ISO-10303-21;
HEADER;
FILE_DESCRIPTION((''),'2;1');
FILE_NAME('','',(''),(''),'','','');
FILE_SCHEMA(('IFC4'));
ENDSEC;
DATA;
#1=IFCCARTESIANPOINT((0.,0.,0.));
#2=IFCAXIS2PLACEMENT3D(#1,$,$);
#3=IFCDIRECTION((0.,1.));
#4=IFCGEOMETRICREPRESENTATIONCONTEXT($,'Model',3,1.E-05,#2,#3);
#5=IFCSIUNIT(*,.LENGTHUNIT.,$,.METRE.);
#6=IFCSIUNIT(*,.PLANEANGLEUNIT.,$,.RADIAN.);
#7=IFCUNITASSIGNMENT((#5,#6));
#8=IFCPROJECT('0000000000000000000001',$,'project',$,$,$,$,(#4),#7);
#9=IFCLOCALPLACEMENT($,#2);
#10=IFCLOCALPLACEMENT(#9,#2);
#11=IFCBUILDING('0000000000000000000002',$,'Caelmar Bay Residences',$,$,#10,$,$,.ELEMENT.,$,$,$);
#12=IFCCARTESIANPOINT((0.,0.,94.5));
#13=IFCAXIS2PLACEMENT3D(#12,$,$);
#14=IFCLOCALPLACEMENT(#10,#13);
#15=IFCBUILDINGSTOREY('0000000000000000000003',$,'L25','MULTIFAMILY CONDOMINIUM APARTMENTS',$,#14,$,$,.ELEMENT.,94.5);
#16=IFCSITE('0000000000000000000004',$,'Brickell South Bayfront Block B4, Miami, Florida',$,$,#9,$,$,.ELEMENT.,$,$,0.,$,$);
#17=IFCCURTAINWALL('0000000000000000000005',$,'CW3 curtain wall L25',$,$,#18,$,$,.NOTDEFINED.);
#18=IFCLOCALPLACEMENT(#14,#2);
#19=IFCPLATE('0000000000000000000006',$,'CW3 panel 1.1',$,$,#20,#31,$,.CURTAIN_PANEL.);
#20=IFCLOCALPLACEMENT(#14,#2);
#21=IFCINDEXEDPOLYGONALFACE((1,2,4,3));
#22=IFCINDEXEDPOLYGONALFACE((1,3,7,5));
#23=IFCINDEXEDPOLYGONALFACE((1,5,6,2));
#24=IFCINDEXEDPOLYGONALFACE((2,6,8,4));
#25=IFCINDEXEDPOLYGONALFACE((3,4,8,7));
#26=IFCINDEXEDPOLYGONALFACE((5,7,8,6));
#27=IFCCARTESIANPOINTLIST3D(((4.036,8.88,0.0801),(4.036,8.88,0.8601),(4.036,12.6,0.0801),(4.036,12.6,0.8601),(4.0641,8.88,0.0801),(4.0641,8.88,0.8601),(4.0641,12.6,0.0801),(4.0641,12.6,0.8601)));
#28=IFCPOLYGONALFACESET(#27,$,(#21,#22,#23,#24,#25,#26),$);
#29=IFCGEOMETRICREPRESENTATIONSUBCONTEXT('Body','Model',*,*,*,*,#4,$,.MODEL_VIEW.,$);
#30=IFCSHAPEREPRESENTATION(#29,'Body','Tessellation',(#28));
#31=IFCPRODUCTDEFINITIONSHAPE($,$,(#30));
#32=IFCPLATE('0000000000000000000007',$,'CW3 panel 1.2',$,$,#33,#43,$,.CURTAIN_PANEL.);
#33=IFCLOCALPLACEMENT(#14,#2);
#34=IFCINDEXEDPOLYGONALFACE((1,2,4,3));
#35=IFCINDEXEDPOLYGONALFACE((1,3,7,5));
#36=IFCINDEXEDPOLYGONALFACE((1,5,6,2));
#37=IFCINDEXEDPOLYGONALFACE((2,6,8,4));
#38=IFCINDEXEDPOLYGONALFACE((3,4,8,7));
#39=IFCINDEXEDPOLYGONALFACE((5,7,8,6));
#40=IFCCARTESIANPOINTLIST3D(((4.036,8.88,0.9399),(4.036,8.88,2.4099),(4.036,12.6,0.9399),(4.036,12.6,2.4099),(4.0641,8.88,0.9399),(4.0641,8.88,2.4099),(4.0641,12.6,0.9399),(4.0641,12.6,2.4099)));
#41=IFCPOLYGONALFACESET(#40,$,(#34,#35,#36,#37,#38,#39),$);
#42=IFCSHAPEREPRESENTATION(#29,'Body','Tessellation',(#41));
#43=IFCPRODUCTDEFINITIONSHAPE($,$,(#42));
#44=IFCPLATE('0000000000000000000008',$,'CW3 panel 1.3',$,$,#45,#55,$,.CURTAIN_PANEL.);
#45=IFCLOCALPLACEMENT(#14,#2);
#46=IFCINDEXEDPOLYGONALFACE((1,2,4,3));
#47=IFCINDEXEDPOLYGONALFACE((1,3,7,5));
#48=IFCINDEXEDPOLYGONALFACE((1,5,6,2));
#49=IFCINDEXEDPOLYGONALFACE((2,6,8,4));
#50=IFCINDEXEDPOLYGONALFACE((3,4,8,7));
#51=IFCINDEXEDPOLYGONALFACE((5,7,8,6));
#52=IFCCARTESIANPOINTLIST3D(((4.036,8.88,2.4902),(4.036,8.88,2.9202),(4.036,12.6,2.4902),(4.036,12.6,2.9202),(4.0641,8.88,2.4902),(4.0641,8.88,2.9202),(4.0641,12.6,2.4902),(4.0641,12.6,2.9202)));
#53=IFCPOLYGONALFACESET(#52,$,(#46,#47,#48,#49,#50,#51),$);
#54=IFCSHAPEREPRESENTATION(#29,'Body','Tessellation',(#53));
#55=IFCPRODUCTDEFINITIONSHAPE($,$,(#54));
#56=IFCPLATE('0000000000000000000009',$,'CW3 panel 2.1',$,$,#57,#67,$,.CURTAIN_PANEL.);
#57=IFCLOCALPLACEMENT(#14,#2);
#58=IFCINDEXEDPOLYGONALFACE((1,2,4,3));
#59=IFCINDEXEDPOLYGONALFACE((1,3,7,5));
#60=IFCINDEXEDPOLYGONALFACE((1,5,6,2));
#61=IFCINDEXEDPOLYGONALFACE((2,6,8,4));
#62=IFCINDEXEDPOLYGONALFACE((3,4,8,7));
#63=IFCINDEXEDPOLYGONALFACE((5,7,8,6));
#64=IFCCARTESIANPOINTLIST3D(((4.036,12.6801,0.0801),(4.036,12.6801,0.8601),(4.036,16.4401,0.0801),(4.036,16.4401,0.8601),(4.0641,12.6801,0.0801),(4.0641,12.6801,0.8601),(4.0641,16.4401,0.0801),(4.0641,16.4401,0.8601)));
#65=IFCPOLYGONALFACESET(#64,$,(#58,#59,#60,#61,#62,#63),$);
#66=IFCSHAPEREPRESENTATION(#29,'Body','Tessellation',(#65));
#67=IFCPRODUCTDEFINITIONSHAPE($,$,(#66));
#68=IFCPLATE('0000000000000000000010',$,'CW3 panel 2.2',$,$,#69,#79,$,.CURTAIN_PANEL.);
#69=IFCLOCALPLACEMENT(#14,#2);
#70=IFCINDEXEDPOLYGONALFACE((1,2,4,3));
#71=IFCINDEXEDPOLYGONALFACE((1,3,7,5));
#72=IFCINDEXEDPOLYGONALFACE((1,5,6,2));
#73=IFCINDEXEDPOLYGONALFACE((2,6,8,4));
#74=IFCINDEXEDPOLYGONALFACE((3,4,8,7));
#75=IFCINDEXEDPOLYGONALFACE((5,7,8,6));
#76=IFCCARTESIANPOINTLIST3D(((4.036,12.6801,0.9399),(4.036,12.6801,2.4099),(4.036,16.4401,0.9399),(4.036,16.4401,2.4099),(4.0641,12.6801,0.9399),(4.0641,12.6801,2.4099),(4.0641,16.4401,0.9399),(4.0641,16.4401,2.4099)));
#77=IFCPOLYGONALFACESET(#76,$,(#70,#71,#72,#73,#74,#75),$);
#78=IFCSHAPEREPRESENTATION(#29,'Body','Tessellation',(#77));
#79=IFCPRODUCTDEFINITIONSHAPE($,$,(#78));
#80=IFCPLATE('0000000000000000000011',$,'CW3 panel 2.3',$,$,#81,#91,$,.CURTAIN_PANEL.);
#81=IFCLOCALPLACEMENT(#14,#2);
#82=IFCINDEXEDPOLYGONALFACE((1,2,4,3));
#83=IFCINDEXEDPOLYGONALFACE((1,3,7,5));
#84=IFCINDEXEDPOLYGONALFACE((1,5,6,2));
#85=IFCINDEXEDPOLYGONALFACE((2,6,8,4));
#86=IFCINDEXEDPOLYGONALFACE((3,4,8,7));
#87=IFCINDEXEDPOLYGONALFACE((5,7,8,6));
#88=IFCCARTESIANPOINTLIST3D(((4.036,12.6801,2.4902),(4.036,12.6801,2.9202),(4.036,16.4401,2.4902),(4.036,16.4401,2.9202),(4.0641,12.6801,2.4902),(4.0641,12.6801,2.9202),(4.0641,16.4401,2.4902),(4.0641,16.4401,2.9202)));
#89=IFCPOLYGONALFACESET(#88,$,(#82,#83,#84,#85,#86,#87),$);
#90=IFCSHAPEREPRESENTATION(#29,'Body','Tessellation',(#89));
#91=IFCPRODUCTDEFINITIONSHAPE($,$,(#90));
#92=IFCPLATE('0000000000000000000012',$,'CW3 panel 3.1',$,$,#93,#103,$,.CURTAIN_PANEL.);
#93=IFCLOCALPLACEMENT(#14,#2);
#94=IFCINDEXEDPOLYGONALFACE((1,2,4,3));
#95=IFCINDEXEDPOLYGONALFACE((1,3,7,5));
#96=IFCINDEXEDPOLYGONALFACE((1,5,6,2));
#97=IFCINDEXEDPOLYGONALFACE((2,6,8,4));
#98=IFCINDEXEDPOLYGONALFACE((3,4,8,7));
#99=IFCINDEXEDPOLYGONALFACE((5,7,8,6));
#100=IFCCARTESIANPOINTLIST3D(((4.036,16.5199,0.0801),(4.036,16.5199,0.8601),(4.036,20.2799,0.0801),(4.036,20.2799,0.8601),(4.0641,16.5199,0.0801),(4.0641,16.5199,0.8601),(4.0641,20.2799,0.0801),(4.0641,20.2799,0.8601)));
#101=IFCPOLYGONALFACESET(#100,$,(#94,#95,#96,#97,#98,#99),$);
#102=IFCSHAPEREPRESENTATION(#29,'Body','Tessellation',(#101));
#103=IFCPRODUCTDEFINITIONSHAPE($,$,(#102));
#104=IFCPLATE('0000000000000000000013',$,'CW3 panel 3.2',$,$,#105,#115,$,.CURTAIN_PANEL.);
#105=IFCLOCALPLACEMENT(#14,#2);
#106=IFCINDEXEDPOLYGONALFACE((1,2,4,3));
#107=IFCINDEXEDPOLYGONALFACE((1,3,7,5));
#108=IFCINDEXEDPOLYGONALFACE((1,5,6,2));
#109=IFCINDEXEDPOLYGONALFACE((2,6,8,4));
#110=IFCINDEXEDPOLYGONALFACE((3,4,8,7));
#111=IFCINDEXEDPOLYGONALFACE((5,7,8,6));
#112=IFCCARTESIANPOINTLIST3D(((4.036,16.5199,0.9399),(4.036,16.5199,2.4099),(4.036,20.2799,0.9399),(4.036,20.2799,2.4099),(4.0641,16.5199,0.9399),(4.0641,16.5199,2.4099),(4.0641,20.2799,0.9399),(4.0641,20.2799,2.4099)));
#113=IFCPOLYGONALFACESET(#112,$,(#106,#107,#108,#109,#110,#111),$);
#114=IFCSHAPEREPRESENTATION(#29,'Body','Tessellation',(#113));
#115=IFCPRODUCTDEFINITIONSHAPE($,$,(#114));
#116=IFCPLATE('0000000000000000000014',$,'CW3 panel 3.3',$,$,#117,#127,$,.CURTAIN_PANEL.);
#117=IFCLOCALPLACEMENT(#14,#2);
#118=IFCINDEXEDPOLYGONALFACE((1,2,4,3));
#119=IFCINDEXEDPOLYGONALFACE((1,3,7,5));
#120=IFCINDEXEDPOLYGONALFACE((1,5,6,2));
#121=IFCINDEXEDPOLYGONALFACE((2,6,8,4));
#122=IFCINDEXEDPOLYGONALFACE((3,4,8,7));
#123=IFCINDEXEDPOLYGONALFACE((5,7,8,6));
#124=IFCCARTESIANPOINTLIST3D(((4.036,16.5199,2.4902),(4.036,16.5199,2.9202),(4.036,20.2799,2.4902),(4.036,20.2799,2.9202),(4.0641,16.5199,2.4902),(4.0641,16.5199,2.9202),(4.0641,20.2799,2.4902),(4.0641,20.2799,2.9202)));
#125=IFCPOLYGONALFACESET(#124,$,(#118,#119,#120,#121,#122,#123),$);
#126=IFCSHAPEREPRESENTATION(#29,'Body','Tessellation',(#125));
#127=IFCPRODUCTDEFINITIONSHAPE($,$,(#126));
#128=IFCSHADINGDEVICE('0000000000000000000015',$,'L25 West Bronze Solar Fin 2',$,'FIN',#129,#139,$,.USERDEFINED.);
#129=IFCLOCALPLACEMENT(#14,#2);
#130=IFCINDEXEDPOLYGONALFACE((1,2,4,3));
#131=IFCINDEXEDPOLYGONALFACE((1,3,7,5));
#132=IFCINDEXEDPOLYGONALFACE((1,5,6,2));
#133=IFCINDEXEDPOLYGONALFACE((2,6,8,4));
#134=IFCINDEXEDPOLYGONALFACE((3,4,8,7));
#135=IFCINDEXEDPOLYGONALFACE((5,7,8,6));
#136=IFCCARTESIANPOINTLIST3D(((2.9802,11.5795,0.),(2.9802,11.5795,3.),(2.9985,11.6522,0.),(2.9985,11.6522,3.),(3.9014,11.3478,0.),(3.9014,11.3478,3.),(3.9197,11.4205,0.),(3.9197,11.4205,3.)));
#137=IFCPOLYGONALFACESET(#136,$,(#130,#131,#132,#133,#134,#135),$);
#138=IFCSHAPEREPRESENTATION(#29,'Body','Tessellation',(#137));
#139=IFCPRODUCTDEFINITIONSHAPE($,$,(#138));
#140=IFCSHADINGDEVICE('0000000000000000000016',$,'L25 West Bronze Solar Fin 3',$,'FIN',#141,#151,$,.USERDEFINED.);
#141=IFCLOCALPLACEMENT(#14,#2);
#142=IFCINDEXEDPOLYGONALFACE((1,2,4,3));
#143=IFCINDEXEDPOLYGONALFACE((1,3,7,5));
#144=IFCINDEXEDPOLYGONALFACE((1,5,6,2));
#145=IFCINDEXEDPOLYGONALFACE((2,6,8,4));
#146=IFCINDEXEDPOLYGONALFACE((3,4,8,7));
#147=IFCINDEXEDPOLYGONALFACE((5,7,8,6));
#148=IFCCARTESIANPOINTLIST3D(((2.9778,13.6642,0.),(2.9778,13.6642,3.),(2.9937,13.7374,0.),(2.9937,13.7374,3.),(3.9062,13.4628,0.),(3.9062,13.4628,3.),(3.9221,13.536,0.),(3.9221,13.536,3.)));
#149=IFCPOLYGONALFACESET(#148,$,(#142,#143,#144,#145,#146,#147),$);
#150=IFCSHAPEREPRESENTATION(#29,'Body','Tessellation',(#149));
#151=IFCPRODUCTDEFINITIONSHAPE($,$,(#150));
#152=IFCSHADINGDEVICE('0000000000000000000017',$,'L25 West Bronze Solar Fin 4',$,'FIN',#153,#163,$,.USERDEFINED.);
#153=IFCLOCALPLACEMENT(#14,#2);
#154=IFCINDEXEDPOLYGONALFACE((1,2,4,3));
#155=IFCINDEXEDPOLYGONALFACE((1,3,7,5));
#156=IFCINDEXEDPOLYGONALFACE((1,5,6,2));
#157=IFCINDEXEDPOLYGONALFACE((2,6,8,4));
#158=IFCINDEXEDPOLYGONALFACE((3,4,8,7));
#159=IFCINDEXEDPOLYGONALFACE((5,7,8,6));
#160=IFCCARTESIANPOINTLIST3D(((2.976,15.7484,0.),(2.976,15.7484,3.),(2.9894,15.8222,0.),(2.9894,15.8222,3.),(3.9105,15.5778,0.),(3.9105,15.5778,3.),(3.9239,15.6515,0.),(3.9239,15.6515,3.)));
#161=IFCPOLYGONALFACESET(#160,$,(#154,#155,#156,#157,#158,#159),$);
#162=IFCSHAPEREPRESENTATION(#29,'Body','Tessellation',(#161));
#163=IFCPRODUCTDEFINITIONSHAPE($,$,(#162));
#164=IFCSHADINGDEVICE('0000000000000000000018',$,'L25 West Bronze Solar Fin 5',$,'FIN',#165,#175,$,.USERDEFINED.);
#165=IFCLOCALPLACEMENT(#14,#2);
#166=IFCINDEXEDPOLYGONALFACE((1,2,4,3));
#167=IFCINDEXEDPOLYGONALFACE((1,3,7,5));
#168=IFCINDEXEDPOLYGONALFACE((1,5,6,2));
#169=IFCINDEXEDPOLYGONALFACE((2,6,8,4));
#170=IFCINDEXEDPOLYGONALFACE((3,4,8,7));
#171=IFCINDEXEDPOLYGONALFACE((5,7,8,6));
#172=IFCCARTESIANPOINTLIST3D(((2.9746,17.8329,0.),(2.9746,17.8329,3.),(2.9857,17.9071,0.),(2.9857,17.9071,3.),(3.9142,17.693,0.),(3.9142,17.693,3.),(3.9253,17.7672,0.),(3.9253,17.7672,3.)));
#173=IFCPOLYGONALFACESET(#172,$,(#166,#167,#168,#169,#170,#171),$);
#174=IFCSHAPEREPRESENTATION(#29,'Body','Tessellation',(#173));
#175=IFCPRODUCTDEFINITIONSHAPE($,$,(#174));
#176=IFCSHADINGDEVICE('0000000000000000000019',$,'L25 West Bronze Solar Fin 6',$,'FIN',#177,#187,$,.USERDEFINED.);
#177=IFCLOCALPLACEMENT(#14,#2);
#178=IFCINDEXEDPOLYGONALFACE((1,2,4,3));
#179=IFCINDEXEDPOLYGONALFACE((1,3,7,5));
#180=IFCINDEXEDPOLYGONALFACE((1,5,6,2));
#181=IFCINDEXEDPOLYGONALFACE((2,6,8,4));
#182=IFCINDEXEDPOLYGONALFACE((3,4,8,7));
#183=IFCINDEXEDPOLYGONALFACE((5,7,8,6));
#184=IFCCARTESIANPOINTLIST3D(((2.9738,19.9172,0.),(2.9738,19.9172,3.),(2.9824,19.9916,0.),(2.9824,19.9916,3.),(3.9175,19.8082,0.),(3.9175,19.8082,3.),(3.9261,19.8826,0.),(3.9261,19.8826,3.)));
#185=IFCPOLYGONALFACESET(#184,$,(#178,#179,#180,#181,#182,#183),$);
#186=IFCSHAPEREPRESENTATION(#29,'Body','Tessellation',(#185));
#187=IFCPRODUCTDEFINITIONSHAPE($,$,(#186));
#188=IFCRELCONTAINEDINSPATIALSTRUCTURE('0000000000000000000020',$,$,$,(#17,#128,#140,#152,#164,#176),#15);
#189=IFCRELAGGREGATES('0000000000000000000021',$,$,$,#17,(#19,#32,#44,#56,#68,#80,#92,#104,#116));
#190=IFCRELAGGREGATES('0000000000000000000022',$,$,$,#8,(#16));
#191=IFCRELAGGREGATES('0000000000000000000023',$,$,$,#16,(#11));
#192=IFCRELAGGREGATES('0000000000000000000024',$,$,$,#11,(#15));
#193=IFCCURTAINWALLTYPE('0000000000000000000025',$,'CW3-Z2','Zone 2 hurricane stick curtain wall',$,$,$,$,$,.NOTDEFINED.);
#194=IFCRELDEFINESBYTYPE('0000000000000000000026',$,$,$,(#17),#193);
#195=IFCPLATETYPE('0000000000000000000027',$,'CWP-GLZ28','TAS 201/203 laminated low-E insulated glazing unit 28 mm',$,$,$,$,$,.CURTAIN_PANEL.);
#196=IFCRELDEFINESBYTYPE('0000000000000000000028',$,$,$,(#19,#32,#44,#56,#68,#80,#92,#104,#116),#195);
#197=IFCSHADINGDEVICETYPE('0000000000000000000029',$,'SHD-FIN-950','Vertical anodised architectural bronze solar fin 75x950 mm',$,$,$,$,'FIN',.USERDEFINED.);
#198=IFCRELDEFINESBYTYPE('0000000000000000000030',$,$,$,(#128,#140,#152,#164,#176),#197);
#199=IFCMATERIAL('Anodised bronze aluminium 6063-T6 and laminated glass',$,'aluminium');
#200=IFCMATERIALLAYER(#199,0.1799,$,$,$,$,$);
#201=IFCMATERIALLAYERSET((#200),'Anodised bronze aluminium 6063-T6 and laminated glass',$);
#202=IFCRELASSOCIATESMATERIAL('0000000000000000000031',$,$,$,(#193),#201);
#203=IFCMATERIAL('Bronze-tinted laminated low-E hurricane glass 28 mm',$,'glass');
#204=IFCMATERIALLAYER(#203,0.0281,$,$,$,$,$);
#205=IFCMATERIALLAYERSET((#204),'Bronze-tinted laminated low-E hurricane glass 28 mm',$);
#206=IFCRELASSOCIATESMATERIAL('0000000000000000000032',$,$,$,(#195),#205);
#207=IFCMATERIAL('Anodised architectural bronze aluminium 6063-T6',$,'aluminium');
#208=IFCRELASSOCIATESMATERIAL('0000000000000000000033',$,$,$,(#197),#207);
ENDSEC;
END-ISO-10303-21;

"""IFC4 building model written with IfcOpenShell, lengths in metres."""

from ifc_helpers import new_model, si_unit, direction, frame, origin, origin_2d, place, context, subcontext, project, spatial, rectangle, extrude, material, layer, layer_set, material_profile, profile_set, type_object, element, aggregate, save


model = new_model("IFC4")

# Units and contexts
model_context = context("Model", 3, precision=1e-05, world=origin(), true_north=direction((0.0, 1.0)))
body_context = subcontext(model_context, "Body", "Model", "MODEL_VIEW")
ifc_project = project(units=[si_unit("LENGTHUNIT", "METRE"), si_unit("PLANEANGLEUNIT", "RADIAN")], contexts=[model_context])

# Site, building, storey
site_placement = place(None, origin())
site = spatial("IfcSite", under=ifc_project, at=site_placement, Name="Brickell South Bayfront Block B4, Miami, Florida", CompositionType="ELEMENT", RefElevation=0.0)
building_placement = place(site_placement, origin())
building = spatial("IfcBuilding", under=site, at=building_placement, Name="Caelmar Bay Residences", CompositionType="ELEMENT")
storey_placement = place(building_placement, frame((0.0, 0.0, 94.5)))
storey = spatial("IfcBuildingStorey", under=building, at=storey_placement, Name="L25", Description="MULTIFAMILY CONDOMINIUM APARTMENTS", CompositionType="ELEMENT", Elevation=94.5)

# Curtain wall, plates
ifc_material_1 = material(Name="Anodised bronze aluminium 6063-T6 and laminated glass", Category="aluminium")
ifc_layer_1 = layer(ifc_material_1, 0.1799)
ifc_layer_set_1 = layer_set([ifc_layer_1], Name="Anodised bronze aluminium 6063-T6 and laminated glass")
curtain_wall_type = type_object("IfcCurtainWallType", Name="CW3-Z2", Description="Zone 2 hurricane stick curtain wall", PredefinedType="NOTDEFINED", material=ifc_layer_set_1)
curtain_wall_placement = place(storey_placement, origin())
curtain_wall = element("IfcCurtainWall", 1, at=curtain_wall_placement, inside=storey, type_object=curtain_wall_type, Name="CW3 curtain wall L25", PredefinedType="NOTDEFINED")
ifc_material_2 = material(Name="Bronze-tinted laminated low-E hurricane glass 28 mm", Category="glass")
ifc_layer_2 = layer(ifc_material_2, 0.0281)
ifc_layer_set_2 = layer_set([ifc_layer_2], Name="Bronze-tinted laminated low-E hurricane glass 28 mm")
plate_type = type_object("IfcPlateType", Name="CWP-GLZ28", Description="TAS 201/203 laminated low-E insulated glazing unit 28 mm", PredefinedType="CURTAIN_PANEL", material=ifc_layer_set_2)
plate_1_placement = place(storey_placement, frame((4.05, 10.74, 0.0801), z_axis=(0.0, 0.0, 1.0), x_axis=(0.0, 1.0, 0.0)))
plate_1 = element("IfcPlate", 2, at=plate_1_placement, type_object=plate_type, Name="CW3 panel 1.1", PredefinedType="CURTAIN_PANEL", context=body_context, shape_type="SweptSolid", body=[
    extrude(rectangle(XDim=3.72, YDim=0.0281, at=origin_2d()), origin(), (0.0, 0.0, 1.0), 0.78),
])
plate_2_placement = place(storey_placement, frame((4.05, 10.74, 0.9399), z_axis=(0.0, 0.0, 1.0), x_axis=(0.0, 1.0, 0.0)))
plate_2 = element("IfcPlate", 3, at=plate_2_placement, type_object=plate_type, Name="CW3 panel 1.2", PredefinedType="CURTAIN_PANEL", context=body_context, shape_type="SweptSolid", body=[
    extrude(rectangle(XDim=3.72, YDim=0.0281, at=origin_2d()), origin(), (0.0, 0.0, 1.0), 1.47),
])
plate_3_placement = place(storey_placement, frame((4.05, 10.74, 2.4902), z_axis=(0.0, 0.0, 1.0), x_axis=(0.0, 1.0, 0.0)))
plate_3 = element("IfcPlate", 4, at=plate_3_placement, type_object=plate_type, Name="CW3 panel 1.3", PredefinedType="CURTAIN_PANEL", context=body_context, shape_type="SweptSolid", body=[
    extrude(rectangle(XDim=3.72, YDim=0.0281, at=origin_2d()), origin(), (0.0, 0.0, 1.0), 0.4299),
])
plate_4_placement = place(storey_placement, frame((4.05, 14.5601, 0.0801), z_axis=(0.0, 0.0, 1.0), x_axis=(0.0, 1.0, 0.0)))
plate_4 = element("IfcPlate", 5, at=plate_4_placement, type_object=plate_type, Name="CW3 panel 2.1", PredefinedType="CURTAIN_PANEL", context=body_context, shape_type="SweptSolid", body=[
    extrude(rectangle(XDim=3.76, YDim=0.0281, at=origin_2d()), origin(), (0.0, 0.0, 1.0), 0.78),
])
plate_5_placement = place(storey_placement, frame((4.05, 14.5601, 0.9399), z_axis=(0.0, 0.0, 1.0), x_axis=(0.0, 1.0, 0.0)))
plate_5 = element("IfcPlate", 6, at=plate_5_placement, type_object=plate_type, Name="CW3 panel 2.2", PredefinedType="CURTAIN_PANEL", context=body_context, shape_type="SweptSolid", body=[
    extrude(rectangle(XDim=3.76, YDim=0.0281, at=origin_2d()), origin(), (0.0, 0.0, 1.0), 1.47),
])
plate_6_placement = place(storey_placement, frame((4.05, 14.5601, 2.4902), z_axis=(0.0, 0.0, 1.0), x_axis=(0.0, 1.0, 0.0)))
plate_6 = element("IfcPlate", 7, at=plate_6_placement, type_object=plate_type, Name="CW3 panel 2.3", PredefinedType="CURTAIN_PANEL", context=body_context, shape_type="SweptSolid", body=[
    extrude(rectangle(XDim=3.76, YDim=0.0281, at=origin_2d()), origin(), (0.0, 0.0, 1.0), 0.4299),
])
plate_7_placement = place(storey_placement, frame((4.05, 18.3999, 0.0801), z_axis=(0.0, 0.0, 1.0), x_axis=(0.0, 1.0, 0.0)))
plate_7 = element("IfcPlate", 8, at=plate_7_placement, type_object=plate_type, Name="CW3 panel 3.1", PredefinedType="CURTAIN_PANEL", context=body_context, shape_type="SweptSolid", body=[
    extrude(rectangle(XDim=3.76, YDim=0.0281, at=origin_2d()), origin(), (0.0, 0.0, 1.0), 0.78),
])
plate_8_placement = place(storey_placement, frame((4.05, 18.3999, 0.9399), z_axis=(0.0, 0.0, 1.0), x_axis=(0.0, 1.0, 0.0)))
plate_8 = element("IfcPlate", 9, at=plate_8_placement, type_object=plate_type, Name="CW3 panel 3.2", PredefinedType="CURTAIN_PANEL", context=body_context, shape_type="SweptSolid", body=[
    extrude(rectangle(XDim=3.76, YDim=0.0281, at=origin_2d()), origin(), (0.0, 0.0, 1.0), 1.47),
])
plate_9_placement = place(storey_placement, frame((4.05, 18.3999, 2.4902), z_axis=(0.0, 0.0, 1.0), x_axis=(0.0, 1.0, 0.0)))
plate_9 = element("IfcPlate", 10, at=plate_9_placement, type_object=plate_type, Name="CW3 panel 3.3", PredefinedType="CURTAIN_PANEL", context=body_context, shape_type="SweptSolid", body=[
    extrude(rectangle(XDim=3.76, YDim=0.0281, at=origin_2d()), origin(), (0.0, 0.0, 1.0), 0.4299),
])
aggregate(curtain_wall, [plate_1, plate_2, plate_3, plate_4, plate_5, plate_6, plate_7, plate_8, plate_9])

# Shading devices
ifc_material_3 = material(Name="Anodised architectural bronze aluminium 6063-T6", Category="aluminium")
ifc_material_profile_1 = material_profile(ifc_material_3, rectangle(XDim=0.075, YDim=0.95, at=origin_2d()), Name="BRONZE-FIN-75X950")
ifc_profile_set_1 = profile_set([ifc_material_profile_1], Name="Anodised architectural bronze aluminium 6063-T6")
shading_device_type = type_object("IfcShadingDeviceType", Name="SHD-FIN-950", Description="Vertical anodised architectural bronze solar fin 75x950 mm", ElementType="FIN", PredefinedType="USERDEFINED", material=ifc_profile_set_1)
for number, where, z_axis, x_axis, name in (
    (11, (3.45, 11.5, 0.0), (0.0, 0.0, 1.0), (0.243954, 0.969787, 0.0), "L25 West Bronze Solar Fin 2"),
    (12, (3.45, 13.6001, 0.0), (0.0, 0.0, 1.0), (0.212007, 0.977268, 0.0), "L25 West Bronze Solar Fin 3"),
    (13, (3.45, 15.7, 0.0), (0.0, 0.0, 1.0), (0.179661, 0.983729, 0.0), "L25 West Bronze Solar Fin 4"),
    (14, (3.45, 17.8, 0.0), (0.0, 0.0, 1.0), (0.147292, 0.989093, 0.0), "L25 West Bronze Solar Fin 5"),
    (15, (3.45, 19.8999, 0.0), (0.0, 0.0, 1.0), (0.114764, 0.993393, 0.0), "L25 West Bronze Solar Fin 6"),
):
    element("IfcShadingDevice", number, at=place(storey_placement, frame(where, z_axis=z_axis, x_axis=x_axis)), inside=storey, type_object=shading_device_type, Name=name, ObjectType="FIN", PredefinedType="USERDEFINED", context=body_context, shape_type="SweptSolid", body=[
        extrude(rectangle(XDim=0.075, YDim=0.95, at=origin_2d()), origin(), (0.0, 0.0, 1.0), 3.0),
    ])

save(model, "model.ifc")
